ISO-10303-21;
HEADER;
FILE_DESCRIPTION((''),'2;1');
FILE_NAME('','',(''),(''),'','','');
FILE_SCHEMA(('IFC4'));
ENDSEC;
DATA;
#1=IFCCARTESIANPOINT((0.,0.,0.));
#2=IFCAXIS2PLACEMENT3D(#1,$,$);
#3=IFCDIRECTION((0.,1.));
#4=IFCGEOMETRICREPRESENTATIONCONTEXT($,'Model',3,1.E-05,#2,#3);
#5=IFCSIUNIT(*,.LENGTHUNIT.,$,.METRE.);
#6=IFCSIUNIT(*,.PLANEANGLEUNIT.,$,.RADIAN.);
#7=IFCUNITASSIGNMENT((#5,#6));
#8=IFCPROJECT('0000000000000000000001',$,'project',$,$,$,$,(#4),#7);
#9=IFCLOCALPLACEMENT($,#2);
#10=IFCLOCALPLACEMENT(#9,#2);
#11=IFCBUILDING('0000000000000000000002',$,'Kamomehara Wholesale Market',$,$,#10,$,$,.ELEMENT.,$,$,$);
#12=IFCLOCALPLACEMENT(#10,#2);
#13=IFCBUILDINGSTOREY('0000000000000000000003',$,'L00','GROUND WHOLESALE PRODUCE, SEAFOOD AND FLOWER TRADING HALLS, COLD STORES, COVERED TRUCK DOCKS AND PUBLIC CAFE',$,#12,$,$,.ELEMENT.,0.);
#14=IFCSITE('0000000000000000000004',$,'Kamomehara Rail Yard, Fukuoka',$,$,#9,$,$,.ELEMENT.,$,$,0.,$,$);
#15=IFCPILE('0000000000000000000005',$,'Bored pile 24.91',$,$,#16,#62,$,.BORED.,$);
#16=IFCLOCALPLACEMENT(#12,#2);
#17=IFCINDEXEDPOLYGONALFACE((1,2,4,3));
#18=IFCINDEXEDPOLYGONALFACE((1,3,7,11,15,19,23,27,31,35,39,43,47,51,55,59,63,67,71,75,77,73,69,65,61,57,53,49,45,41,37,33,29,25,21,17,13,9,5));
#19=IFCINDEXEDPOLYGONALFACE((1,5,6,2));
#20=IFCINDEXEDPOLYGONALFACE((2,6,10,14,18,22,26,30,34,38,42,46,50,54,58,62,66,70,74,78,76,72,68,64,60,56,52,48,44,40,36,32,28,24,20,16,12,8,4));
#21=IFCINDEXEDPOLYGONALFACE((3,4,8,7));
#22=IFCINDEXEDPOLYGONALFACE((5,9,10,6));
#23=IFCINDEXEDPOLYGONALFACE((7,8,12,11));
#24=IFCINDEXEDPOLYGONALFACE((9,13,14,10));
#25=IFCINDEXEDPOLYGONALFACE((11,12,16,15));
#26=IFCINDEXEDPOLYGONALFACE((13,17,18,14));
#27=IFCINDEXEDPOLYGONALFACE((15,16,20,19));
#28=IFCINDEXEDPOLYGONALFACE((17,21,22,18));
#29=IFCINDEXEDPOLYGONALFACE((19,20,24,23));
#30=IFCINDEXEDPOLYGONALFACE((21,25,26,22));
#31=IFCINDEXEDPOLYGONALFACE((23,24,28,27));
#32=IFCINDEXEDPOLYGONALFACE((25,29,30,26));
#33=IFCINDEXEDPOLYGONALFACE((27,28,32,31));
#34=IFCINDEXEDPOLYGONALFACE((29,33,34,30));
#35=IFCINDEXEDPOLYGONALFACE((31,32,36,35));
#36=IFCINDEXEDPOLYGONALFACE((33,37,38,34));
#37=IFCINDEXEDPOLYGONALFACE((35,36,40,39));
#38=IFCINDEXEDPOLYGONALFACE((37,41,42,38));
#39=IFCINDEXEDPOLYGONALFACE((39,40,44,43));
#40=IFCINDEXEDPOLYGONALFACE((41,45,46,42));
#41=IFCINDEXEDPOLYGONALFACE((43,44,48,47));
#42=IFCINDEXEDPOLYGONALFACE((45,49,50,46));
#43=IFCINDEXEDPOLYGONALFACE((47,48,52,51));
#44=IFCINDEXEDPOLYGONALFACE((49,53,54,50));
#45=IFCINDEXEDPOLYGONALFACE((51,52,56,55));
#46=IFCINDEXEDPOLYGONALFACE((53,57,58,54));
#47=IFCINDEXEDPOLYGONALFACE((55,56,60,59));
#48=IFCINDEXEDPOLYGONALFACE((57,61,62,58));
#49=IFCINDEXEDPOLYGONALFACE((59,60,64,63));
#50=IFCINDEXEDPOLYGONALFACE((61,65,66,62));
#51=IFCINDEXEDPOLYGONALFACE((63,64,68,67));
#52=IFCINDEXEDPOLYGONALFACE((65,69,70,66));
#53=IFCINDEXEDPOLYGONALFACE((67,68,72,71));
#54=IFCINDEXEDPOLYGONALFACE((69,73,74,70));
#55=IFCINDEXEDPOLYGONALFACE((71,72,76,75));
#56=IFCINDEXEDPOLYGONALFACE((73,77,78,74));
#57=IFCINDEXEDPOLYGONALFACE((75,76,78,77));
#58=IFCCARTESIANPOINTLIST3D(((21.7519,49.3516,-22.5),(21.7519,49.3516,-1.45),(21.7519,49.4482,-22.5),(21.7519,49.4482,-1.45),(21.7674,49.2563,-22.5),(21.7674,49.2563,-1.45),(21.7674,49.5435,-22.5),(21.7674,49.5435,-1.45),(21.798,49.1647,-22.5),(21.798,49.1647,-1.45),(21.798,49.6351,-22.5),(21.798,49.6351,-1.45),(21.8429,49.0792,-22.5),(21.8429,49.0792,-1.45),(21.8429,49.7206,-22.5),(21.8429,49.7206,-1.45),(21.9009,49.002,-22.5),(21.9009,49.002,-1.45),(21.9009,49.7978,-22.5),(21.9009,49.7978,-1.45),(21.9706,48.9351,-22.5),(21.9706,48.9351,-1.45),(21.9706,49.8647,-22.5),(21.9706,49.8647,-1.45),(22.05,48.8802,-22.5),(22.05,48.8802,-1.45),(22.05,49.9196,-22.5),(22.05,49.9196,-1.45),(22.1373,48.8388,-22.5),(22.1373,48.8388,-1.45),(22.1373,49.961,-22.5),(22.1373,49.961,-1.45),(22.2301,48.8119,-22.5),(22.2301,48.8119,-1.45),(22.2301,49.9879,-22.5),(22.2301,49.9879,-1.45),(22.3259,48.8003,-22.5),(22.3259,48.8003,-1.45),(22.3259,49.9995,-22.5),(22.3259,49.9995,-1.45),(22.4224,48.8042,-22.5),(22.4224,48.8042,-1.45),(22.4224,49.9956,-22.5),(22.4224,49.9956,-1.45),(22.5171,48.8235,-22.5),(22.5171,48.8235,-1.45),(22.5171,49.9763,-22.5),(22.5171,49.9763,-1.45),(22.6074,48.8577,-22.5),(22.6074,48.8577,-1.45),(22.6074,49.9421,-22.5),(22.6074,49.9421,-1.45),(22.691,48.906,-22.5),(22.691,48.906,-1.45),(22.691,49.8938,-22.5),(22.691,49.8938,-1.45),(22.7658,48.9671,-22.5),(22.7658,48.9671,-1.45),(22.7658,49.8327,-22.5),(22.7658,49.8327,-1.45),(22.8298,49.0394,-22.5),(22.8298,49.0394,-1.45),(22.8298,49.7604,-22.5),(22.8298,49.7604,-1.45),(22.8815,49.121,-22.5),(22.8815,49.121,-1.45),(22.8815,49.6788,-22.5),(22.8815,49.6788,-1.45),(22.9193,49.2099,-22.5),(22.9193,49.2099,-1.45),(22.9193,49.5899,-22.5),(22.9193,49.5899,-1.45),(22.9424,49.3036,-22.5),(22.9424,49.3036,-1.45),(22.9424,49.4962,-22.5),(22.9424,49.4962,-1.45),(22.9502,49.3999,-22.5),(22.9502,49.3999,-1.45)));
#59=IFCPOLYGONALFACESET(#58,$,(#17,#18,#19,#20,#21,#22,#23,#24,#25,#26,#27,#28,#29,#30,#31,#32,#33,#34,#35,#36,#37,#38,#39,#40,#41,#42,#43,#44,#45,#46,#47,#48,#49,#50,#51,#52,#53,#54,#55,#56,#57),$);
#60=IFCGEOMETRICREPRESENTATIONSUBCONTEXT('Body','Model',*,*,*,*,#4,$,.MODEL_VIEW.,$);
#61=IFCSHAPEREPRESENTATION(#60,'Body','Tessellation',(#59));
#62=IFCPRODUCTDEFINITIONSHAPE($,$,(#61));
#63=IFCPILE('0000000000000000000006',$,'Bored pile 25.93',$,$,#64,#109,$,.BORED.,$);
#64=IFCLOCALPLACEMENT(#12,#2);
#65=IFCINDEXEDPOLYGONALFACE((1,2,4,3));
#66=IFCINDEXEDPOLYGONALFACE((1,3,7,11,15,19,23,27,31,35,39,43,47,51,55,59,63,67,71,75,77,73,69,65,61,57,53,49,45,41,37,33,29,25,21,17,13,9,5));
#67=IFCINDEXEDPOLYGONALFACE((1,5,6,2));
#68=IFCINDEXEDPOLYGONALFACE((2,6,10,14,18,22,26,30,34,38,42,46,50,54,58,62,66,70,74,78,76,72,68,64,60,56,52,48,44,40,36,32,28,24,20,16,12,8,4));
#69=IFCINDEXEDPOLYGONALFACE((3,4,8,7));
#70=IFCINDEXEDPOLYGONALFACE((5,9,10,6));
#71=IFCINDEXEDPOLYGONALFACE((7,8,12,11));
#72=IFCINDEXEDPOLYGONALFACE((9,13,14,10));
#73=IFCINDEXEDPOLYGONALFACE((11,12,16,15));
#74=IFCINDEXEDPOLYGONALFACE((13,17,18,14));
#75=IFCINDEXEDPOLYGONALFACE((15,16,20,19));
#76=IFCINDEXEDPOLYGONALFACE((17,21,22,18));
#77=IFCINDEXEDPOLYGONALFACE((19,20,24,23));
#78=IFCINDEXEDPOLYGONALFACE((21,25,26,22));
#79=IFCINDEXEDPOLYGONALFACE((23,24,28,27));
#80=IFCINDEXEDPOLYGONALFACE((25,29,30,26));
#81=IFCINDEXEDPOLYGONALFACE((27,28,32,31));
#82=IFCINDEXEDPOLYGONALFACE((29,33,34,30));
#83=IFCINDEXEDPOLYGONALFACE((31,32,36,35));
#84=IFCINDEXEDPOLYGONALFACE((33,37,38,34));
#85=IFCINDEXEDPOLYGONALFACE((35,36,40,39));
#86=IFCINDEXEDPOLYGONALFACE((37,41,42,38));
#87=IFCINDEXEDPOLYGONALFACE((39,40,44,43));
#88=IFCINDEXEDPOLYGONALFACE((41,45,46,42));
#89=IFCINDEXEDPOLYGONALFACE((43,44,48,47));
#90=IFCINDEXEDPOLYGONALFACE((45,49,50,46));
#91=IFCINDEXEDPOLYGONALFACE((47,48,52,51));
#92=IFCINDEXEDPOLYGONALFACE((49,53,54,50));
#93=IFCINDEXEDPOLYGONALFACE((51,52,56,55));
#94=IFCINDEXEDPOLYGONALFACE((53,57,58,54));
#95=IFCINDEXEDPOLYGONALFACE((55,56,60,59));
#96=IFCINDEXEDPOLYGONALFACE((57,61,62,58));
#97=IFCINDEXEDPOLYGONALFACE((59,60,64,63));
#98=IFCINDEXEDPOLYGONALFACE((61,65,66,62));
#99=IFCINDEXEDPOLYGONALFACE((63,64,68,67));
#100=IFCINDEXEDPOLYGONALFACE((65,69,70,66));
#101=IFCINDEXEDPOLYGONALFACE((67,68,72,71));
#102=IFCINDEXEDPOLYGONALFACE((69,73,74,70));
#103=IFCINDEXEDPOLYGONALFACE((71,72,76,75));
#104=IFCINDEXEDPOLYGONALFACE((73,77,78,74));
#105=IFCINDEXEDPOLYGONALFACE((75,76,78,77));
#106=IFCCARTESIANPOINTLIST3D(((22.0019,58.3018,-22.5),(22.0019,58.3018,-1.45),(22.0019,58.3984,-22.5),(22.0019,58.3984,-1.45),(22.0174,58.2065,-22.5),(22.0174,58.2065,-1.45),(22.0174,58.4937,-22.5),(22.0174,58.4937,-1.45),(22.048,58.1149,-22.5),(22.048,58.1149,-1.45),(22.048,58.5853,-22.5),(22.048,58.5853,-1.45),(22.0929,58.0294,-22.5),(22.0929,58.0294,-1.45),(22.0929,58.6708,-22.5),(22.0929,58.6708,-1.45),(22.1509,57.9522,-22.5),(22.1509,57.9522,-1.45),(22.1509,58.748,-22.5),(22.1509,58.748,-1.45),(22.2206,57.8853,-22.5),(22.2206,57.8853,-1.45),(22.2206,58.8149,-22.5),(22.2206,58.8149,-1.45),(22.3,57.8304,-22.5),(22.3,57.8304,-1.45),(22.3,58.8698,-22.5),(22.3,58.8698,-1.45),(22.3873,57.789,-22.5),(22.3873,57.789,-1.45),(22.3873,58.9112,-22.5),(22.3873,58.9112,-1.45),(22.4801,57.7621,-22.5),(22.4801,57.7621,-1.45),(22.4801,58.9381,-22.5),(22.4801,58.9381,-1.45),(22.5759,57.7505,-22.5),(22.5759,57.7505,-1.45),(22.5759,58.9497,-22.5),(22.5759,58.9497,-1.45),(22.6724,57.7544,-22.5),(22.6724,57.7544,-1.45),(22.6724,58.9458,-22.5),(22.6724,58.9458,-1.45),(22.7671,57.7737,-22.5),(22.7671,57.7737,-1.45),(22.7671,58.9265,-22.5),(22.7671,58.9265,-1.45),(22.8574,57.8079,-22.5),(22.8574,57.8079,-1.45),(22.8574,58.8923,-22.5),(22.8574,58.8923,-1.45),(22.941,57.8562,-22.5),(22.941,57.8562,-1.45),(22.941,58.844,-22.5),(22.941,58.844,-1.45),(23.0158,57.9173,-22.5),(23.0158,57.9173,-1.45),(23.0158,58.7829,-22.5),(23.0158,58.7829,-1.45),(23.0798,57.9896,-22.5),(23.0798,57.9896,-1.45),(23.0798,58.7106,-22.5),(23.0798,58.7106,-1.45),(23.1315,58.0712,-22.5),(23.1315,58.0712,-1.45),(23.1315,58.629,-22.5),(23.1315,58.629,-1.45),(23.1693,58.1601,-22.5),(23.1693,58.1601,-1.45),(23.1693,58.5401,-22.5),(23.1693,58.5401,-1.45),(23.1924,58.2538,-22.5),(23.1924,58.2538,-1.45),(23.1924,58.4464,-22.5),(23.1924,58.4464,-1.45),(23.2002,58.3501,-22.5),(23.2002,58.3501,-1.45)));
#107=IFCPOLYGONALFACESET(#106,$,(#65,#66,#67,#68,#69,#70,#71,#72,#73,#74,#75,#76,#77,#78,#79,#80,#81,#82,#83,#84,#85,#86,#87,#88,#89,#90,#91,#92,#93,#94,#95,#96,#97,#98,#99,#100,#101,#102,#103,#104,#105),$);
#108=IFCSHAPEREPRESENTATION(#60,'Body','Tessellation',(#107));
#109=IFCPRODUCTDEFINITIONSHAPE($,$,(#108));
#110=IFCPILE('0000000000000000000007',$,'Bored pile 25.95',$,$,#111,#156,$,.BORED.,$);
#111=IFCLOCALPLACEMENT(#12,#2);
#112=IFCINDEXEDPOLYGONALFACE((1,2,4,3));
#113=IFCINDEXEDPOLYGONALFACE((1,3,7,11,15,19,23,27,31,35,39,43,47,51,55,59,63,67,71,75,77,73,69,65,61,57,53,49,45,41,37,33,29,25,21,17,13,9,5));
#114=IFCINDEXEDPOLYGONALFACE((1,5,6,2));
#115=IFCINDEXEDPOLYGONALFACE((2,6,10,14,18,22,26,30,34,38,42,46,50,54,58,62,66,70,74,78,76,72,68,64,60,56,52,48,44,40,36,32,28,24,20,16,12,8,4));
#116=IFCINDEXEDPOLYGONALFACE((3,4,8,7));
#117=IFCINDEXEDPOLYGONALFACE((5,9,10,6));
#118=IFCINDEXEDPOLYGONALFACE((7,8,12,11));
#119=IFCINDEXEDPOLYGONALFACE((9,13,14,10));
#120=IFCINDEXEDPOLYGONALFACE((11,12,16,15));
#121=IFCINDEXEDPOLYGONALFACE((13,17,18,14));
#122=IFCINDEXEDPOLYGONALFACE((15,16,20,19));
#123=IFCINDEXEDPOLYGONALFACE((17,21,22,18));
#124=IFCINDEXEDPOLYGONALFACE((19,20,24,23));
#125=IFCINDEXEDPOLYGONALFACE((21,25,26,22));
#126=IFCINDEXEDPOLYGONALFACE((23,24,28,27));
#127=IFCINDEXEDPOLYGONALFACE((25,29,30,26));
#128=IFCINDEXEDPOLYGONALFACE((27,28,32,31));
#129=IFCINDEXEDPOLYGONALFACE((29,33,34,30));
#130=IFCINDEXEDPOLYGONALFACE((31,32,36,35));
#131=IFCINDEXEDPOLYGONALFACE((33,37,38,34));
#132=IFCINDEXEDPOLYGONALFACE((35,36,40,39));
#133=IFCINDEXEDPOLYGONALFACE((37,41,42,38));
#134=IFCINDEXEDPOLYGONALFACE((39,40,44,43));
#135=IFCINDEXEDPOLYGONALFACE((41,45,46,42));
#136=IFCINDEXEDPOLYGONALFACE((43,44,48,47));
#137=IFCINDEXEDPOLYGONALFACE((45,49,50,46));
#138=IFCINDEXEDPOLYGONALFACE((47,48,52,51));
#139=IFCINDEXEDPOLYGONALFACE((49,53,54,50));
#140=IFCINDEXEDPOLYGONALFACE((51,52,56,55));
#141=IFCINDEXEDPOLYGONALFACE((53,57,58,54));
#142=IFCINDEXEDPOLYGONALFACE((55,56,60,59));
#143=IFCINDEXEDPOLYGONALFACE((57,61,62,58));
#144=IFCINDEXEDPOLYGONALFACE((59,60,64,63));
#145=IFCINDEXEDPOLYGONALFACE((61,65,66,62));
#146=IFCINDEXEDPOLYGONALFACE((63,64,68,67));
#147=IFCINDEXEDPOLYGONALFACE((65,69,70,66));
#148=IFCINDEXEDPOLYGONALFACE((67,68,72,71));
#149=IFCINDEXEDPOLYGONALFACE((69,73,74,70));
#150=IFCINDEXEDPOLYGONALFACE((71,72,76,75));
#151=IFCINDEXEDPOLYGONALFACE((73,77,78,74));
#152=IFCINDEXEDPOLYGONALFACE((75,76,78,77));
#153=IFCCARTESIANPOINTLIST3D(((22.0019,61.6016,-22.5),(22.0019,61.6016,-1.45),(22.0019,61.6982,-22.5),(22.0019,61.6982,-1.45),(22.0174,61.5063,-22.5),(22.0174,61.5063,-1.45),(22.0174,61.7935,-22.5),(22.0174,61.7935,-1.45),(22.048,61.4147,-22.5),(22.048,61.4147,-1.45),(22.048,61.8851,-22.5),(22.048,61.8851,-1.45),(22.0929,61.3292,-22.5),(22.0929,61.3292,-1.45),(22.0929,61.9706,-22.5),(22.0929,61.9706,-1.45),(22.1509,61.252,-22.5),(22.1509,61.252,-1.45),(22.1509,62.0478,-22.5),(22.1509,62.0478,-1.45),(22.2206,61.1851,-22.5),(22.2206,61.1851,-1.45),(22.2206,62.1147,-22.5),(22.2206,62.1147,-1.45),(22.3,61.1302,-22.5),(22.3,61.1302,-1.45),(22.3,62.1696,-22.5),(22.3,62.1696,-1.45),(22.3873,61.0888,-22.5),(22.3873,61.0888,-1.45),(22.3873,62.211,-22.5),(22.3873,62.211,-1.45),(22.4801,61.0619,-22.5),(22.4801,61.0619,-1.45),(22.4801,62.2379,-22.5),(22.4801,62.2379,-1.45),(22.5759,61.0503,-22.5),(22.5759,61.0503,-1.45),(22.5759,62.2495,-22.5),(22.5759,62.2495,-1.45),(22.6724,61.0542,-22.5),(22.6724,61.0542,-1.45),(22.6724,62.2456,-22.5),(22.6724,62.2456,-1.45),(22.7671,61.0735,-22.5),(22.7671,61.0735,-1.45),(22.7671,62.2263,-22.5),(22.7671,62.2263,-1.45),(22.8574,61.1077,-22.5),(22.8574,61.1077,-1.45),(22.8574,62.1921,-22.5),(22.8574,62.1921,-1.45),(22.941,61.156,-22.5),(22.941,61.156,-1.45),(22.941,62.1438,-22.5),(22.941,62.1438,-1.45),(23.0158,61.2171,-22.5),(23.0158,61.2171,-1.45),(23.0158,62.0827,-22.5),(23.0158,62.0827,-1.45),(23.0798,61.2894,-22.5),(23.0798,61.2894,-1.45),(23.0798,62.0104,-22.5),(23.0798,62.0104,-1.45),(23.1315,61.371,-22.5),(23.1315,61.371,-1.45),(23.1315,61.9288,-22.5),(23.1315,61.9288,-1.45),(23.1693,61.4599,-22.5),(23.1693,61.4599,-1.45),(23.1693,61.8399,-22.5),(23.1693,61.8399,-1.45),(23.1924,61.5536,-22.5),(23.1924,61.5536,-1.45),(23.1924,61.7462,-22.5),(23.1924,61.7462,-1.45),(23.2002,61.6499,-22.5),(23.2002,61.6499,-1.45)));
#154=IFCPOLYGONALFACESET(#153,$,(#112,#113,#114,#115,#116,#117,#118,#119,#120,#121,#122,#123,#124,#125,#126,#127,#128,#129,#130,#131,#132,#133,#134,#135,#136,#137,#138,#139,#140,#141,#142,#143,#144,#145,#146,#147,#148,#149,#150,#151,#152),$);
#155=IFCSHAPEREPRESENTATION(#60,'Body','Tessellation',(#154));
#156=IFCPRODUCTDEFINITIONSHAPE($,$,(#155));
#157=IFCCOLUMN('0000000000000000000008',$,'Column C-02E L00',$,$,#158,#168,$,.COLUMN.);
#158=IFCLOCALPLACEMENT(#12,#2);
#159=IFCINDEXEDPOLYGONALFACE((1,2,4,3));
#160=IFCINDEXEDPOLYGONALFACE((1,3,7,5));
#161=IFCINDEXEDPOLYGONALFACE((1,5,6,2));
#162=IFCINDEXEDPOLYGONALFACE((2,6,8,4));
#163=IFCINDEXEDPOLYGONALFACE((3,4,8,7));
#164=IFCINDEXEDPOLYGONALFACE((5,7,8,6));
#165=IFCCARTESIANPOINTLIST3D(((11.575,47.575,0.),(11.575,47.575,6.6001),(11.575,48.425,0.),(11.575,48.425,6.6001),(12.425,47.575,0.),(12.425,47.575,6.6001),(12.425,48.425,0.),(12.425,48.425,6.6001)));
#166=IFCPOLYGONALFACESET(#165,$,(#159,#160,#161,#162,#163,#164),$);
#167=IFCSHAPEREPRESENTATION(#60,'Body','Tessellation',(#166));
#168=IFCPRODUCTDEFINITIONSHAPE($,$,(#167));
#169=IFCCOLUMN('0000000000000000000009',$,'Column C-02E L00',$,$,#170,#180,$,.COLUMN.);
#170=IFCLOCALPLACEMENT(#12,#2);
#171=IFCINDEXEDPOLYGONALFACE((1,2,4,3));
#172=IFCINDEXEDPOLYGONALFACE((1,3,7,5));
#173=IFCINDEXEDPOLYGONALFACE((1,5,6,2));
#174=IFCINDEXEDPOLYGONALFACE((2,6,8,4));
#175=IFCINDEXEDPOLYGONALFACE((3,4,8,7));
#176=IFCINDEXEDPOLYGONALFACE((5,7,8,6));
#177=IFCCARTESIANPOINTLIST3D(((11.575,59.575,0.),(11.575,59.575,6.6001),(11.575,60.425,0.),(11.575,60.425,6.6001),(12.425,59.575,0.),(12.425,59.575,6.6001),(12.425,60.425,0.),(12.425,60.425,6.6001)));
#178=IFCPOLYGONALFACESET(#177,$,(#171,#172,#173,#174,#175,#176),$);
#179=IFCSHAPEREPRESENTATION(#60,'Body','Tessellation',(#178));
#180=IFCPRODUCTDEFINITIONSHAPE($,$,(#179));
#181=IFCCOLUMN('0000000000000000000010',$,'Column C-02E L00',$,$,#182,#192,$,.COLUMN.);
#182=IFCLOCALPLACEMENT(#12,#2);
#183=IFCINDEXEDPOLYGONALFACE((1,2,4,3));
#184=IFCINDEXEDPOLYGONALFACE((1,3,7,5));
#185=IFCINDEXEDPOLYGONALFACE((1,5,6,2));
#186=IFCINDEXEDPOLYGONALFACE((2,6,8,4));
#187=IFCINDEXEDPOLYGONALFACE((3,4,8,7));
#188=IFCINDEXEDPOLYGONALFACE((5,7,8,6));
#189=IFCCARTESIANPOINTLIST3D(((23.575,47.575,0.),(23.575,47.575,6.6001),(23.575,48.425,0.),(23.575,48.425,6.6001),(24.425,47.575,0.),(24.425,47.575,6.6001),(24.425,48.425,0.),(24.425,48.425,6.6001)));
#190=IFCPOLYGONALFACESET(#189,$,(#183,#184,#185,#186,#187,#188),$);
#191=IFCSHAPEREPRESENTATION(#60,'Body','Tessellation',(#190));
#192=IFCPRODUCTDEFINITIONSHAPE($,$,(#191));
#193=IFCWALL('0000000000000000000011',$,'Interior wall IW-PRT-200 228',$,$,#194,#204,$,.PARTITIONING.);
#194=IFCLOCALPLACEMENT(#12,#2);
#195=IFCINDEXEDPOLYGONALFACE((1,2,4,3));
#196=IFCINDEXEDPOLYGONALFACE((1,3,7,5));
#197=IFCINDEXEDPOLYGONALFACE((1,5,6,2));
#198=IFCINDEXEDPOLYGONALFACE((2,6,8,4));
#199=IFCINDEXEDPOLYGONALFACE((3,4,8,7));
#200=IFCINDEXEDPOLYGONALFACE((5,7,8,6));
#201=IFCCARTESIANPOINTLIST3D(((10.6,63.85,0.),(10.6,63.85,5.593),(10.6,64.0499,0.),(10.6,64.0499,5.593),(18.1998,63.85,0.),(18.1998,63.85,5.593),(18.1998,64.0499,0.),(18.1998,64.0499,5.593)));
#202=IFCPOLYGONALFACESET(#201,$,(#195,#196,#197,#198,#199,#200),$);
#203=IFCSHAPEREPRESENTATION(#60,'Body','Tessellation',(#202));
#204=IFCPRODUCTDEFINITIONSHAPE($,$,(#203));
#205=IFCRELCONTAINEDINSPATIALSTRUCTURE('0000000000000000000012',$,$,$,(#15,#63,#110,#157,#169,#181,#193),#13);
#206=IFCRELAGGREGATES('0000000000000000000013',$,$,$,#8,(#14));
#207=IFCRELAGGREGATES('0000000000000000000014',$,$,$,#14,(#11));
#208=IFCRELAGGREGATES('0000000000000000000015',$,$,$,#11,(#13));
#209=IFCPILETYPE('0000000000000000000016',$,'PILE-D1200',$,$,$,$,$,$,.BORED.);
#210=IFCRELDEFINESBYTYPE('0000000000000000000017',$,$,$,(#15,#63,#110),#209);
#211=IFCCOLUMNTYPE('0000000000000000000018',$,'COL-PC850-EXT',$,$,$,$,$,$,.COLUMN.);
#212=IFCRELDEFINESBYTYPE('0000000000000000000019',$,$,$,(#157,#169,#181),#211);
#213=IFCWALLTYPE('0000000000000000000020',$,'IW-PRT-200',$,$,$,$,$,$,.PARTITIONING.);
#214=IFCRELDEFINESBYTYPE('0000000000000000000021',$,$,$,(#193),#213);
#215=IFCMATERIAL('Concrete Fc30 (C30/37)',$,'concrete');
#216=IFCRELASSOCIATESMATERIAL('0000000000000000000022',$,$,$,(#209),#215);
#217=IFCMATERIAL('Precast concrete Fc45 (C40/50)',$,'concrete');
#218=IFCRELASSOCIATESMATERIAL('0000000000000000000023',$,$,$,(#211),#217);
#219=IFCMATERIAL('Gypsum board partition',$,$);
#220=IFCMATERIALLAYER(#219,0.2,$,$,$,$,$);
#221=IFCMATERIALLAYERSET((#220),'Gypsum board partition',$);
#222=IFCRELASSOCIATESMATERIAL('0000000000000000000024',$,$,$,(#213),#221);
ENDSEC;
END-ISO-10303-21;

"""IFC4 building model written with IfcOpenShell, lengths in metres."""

from ifc_helpers import new_model, si_unit, direction, frame, frame_2d, origin, origin_2d, place, context, subcontext, project, spatial, rectangle, circle, extrude, material, layer, layer_set, material_profile, profile_set, type_object, element, save


model = new_model("IFC4")

# Units and contexts
model_context = context("Model", 3, precision=1e-05, world=origin(), true_north=direction((0.0, 1.0)))
body_context = subcontext(model_context, "Body", "Model", "MODEL_VIEW")
ifc_project = project(units=[si_unit("LENGTHUNIT", "METRE"), si_unit("PLANEANGLEUNIT", "RADIAN")], contexts=[model_context])

# Site, building, storey
site_placement = place(None, origin())
site = spatial("IfcSite", under=ifc_project, at=site_placement, Name="Kamomehara Rail Yard, Fukuoka", CompositionType="ELEMENT", RefElevation=0.0)
building_placement = place(site_placement, origin())
building = spatial("IfcBuilding", under=site, at=building_placement, Name="Kamomehara Wholesale Market", CompositionType="ELEMENT")
storey_placement = place(building_placement, origin())
storey = spatial("IfcBuildingStorey", under=building, at=storey_placement, Name="L00", Description="GROUND WHOLESALE PRODUCE, SEAFOOD AND FLOWER TRADING HALLS, COLD STORES, COVERED TRUCK DOCKS AND PUBLIC CAFE", CompositionType="ELEMENT", Elevation=0.0)

# Piles
ifc_material_1 = material(Name="Concrete Fc30 (C30/37)", Category="concrete")
ifc_material_profile_1 = material_profile(ifc_material_1, circle(Radius=0.6001, at=origin_2d()), Name="RC-PILE-D1200")
ifc_profile_set_1 = profile_set([ifc_material_profile_1], Name="Concrete Fc30 (C30/37)")
pile_type_1 = type_object("IfcPileType", Name="PILE-D1200", PredefinedType="BORED", material=ifc_profile_set_1)
for number, where, z_axis, x_axis, name in (
    (1, (22.3501, 49.3999, -1.45), (0.0, 0.0, -1.0), (1.0, 0.0, 0.0), "Bored pile 24.91"),
    (2, (22.6001, 58.3501, -1.45), (0.0, 0.0, -1.0), (1.0, 0.0, 0.0), "Bored pile 25.93"),
    (3, (22.6001, 61.6499, -1.45), (0.0, 0.0, -1.0), (1.0, 0.0, 0.0), "Bored pile 25.95"),
):
    element("IfcPile", number, at=place(storey_placement, frame(where, z_axis=z_axis, x_axis=x_axis)), inside=storey, type_object=pile_type_1, Name=name, PredefinedType="BORED", context=body_context, shape_type="SweptSolid", body=[
        extrude(circle(Radius=0.6001, at=origin_2d()), origin(), (0.0, 0.0, 1.0), 21.05),
    ])

# Columns
ifc_material_2 = material(Name="Precast concrete Fc45 (C40/50)", Category="concrete")
ifc_material_profile_2 = material_profile(ifc_material_2, rectangle(XDim=0.8501, YDim=0.8501, at=origin_2d()), Name="PC-COL-850x850")
ifc_profile_set_2 = profile_set([ifc_material_profile_2], Name="Precast concrete Fc45 (C40/50)")
column_type = type_object("IfcColumnType", Name="COL-PC850-EXT", PredefinedType="COLUMN", material=ifc_profile_set_2)
for number, where, z_axis, x_axis, name in (
    (4, (12.0, 48.0, 0.0), (0.0, 0.0, 1.0), (1.0, 0.0, 0.0), "Column C-02E L00"),
    (5, (12.0, 60.0, 0.0), (0.0, 0.0, 1.0), (1.0, 0.0, 0.0), "Column C-02E L00"),
    (6, (24.0, 48.0, 0.0), (0.0, 0.0, 1.0), (1.0, 0.0, 0.0), "Column C-02E L00"),
):
    element("IfcColumn", number, at=place(storey_placement, frame(where, z_axis=z_axis, x_axis=x_axis)), inside=storey, type_object=column_type, Name=name, PredefinedType="COLUMN", context=body_context, shape_type="SweptSolid", body=[
        extrude(rectangle(XDim=0.8501, YDim=0.8501, at=origin_2d()), origin(), (0.0, 0.0, 1.0), 6.6001),
    ])

# Wall
ifc_material_3 = material(Name="Gypsum board partition")
ifc_layer_1 = layer(ifc_material_3, 0.2)
ifc_layer_set_1 = layer_set([ifc_layer_1], Name="Gypsum board partition")
wall_type_1 = type_object("IfcWallType", Name="IW-PRT-200", PredefinedType="PARTITIONING", material=ifc_layer_set_1)
wall_1_placement = place(storey_placement, frame((10.6001, 63.95, 0.0), z_axis=(0.0, 0.0, 1.0), x_axis=(1.0, 0.0, 0.0)))
element("IfcWall", 7, at=wall_1_placement, inside=storey, type_object=wall_type_1, Name="Interior wall IW-PRT-200 228", PredefinedType="PARTITIONING", context=body_context, shape_type="SweptSolid", body=[
    extrude(rectangle(XDim=7.5999, YDim=0.2, at=frame_2d((3.7998, 0.0))), origin(), (0.0, 0.0, 1.0), 5.593),
])

save(model, "model.ifc")
